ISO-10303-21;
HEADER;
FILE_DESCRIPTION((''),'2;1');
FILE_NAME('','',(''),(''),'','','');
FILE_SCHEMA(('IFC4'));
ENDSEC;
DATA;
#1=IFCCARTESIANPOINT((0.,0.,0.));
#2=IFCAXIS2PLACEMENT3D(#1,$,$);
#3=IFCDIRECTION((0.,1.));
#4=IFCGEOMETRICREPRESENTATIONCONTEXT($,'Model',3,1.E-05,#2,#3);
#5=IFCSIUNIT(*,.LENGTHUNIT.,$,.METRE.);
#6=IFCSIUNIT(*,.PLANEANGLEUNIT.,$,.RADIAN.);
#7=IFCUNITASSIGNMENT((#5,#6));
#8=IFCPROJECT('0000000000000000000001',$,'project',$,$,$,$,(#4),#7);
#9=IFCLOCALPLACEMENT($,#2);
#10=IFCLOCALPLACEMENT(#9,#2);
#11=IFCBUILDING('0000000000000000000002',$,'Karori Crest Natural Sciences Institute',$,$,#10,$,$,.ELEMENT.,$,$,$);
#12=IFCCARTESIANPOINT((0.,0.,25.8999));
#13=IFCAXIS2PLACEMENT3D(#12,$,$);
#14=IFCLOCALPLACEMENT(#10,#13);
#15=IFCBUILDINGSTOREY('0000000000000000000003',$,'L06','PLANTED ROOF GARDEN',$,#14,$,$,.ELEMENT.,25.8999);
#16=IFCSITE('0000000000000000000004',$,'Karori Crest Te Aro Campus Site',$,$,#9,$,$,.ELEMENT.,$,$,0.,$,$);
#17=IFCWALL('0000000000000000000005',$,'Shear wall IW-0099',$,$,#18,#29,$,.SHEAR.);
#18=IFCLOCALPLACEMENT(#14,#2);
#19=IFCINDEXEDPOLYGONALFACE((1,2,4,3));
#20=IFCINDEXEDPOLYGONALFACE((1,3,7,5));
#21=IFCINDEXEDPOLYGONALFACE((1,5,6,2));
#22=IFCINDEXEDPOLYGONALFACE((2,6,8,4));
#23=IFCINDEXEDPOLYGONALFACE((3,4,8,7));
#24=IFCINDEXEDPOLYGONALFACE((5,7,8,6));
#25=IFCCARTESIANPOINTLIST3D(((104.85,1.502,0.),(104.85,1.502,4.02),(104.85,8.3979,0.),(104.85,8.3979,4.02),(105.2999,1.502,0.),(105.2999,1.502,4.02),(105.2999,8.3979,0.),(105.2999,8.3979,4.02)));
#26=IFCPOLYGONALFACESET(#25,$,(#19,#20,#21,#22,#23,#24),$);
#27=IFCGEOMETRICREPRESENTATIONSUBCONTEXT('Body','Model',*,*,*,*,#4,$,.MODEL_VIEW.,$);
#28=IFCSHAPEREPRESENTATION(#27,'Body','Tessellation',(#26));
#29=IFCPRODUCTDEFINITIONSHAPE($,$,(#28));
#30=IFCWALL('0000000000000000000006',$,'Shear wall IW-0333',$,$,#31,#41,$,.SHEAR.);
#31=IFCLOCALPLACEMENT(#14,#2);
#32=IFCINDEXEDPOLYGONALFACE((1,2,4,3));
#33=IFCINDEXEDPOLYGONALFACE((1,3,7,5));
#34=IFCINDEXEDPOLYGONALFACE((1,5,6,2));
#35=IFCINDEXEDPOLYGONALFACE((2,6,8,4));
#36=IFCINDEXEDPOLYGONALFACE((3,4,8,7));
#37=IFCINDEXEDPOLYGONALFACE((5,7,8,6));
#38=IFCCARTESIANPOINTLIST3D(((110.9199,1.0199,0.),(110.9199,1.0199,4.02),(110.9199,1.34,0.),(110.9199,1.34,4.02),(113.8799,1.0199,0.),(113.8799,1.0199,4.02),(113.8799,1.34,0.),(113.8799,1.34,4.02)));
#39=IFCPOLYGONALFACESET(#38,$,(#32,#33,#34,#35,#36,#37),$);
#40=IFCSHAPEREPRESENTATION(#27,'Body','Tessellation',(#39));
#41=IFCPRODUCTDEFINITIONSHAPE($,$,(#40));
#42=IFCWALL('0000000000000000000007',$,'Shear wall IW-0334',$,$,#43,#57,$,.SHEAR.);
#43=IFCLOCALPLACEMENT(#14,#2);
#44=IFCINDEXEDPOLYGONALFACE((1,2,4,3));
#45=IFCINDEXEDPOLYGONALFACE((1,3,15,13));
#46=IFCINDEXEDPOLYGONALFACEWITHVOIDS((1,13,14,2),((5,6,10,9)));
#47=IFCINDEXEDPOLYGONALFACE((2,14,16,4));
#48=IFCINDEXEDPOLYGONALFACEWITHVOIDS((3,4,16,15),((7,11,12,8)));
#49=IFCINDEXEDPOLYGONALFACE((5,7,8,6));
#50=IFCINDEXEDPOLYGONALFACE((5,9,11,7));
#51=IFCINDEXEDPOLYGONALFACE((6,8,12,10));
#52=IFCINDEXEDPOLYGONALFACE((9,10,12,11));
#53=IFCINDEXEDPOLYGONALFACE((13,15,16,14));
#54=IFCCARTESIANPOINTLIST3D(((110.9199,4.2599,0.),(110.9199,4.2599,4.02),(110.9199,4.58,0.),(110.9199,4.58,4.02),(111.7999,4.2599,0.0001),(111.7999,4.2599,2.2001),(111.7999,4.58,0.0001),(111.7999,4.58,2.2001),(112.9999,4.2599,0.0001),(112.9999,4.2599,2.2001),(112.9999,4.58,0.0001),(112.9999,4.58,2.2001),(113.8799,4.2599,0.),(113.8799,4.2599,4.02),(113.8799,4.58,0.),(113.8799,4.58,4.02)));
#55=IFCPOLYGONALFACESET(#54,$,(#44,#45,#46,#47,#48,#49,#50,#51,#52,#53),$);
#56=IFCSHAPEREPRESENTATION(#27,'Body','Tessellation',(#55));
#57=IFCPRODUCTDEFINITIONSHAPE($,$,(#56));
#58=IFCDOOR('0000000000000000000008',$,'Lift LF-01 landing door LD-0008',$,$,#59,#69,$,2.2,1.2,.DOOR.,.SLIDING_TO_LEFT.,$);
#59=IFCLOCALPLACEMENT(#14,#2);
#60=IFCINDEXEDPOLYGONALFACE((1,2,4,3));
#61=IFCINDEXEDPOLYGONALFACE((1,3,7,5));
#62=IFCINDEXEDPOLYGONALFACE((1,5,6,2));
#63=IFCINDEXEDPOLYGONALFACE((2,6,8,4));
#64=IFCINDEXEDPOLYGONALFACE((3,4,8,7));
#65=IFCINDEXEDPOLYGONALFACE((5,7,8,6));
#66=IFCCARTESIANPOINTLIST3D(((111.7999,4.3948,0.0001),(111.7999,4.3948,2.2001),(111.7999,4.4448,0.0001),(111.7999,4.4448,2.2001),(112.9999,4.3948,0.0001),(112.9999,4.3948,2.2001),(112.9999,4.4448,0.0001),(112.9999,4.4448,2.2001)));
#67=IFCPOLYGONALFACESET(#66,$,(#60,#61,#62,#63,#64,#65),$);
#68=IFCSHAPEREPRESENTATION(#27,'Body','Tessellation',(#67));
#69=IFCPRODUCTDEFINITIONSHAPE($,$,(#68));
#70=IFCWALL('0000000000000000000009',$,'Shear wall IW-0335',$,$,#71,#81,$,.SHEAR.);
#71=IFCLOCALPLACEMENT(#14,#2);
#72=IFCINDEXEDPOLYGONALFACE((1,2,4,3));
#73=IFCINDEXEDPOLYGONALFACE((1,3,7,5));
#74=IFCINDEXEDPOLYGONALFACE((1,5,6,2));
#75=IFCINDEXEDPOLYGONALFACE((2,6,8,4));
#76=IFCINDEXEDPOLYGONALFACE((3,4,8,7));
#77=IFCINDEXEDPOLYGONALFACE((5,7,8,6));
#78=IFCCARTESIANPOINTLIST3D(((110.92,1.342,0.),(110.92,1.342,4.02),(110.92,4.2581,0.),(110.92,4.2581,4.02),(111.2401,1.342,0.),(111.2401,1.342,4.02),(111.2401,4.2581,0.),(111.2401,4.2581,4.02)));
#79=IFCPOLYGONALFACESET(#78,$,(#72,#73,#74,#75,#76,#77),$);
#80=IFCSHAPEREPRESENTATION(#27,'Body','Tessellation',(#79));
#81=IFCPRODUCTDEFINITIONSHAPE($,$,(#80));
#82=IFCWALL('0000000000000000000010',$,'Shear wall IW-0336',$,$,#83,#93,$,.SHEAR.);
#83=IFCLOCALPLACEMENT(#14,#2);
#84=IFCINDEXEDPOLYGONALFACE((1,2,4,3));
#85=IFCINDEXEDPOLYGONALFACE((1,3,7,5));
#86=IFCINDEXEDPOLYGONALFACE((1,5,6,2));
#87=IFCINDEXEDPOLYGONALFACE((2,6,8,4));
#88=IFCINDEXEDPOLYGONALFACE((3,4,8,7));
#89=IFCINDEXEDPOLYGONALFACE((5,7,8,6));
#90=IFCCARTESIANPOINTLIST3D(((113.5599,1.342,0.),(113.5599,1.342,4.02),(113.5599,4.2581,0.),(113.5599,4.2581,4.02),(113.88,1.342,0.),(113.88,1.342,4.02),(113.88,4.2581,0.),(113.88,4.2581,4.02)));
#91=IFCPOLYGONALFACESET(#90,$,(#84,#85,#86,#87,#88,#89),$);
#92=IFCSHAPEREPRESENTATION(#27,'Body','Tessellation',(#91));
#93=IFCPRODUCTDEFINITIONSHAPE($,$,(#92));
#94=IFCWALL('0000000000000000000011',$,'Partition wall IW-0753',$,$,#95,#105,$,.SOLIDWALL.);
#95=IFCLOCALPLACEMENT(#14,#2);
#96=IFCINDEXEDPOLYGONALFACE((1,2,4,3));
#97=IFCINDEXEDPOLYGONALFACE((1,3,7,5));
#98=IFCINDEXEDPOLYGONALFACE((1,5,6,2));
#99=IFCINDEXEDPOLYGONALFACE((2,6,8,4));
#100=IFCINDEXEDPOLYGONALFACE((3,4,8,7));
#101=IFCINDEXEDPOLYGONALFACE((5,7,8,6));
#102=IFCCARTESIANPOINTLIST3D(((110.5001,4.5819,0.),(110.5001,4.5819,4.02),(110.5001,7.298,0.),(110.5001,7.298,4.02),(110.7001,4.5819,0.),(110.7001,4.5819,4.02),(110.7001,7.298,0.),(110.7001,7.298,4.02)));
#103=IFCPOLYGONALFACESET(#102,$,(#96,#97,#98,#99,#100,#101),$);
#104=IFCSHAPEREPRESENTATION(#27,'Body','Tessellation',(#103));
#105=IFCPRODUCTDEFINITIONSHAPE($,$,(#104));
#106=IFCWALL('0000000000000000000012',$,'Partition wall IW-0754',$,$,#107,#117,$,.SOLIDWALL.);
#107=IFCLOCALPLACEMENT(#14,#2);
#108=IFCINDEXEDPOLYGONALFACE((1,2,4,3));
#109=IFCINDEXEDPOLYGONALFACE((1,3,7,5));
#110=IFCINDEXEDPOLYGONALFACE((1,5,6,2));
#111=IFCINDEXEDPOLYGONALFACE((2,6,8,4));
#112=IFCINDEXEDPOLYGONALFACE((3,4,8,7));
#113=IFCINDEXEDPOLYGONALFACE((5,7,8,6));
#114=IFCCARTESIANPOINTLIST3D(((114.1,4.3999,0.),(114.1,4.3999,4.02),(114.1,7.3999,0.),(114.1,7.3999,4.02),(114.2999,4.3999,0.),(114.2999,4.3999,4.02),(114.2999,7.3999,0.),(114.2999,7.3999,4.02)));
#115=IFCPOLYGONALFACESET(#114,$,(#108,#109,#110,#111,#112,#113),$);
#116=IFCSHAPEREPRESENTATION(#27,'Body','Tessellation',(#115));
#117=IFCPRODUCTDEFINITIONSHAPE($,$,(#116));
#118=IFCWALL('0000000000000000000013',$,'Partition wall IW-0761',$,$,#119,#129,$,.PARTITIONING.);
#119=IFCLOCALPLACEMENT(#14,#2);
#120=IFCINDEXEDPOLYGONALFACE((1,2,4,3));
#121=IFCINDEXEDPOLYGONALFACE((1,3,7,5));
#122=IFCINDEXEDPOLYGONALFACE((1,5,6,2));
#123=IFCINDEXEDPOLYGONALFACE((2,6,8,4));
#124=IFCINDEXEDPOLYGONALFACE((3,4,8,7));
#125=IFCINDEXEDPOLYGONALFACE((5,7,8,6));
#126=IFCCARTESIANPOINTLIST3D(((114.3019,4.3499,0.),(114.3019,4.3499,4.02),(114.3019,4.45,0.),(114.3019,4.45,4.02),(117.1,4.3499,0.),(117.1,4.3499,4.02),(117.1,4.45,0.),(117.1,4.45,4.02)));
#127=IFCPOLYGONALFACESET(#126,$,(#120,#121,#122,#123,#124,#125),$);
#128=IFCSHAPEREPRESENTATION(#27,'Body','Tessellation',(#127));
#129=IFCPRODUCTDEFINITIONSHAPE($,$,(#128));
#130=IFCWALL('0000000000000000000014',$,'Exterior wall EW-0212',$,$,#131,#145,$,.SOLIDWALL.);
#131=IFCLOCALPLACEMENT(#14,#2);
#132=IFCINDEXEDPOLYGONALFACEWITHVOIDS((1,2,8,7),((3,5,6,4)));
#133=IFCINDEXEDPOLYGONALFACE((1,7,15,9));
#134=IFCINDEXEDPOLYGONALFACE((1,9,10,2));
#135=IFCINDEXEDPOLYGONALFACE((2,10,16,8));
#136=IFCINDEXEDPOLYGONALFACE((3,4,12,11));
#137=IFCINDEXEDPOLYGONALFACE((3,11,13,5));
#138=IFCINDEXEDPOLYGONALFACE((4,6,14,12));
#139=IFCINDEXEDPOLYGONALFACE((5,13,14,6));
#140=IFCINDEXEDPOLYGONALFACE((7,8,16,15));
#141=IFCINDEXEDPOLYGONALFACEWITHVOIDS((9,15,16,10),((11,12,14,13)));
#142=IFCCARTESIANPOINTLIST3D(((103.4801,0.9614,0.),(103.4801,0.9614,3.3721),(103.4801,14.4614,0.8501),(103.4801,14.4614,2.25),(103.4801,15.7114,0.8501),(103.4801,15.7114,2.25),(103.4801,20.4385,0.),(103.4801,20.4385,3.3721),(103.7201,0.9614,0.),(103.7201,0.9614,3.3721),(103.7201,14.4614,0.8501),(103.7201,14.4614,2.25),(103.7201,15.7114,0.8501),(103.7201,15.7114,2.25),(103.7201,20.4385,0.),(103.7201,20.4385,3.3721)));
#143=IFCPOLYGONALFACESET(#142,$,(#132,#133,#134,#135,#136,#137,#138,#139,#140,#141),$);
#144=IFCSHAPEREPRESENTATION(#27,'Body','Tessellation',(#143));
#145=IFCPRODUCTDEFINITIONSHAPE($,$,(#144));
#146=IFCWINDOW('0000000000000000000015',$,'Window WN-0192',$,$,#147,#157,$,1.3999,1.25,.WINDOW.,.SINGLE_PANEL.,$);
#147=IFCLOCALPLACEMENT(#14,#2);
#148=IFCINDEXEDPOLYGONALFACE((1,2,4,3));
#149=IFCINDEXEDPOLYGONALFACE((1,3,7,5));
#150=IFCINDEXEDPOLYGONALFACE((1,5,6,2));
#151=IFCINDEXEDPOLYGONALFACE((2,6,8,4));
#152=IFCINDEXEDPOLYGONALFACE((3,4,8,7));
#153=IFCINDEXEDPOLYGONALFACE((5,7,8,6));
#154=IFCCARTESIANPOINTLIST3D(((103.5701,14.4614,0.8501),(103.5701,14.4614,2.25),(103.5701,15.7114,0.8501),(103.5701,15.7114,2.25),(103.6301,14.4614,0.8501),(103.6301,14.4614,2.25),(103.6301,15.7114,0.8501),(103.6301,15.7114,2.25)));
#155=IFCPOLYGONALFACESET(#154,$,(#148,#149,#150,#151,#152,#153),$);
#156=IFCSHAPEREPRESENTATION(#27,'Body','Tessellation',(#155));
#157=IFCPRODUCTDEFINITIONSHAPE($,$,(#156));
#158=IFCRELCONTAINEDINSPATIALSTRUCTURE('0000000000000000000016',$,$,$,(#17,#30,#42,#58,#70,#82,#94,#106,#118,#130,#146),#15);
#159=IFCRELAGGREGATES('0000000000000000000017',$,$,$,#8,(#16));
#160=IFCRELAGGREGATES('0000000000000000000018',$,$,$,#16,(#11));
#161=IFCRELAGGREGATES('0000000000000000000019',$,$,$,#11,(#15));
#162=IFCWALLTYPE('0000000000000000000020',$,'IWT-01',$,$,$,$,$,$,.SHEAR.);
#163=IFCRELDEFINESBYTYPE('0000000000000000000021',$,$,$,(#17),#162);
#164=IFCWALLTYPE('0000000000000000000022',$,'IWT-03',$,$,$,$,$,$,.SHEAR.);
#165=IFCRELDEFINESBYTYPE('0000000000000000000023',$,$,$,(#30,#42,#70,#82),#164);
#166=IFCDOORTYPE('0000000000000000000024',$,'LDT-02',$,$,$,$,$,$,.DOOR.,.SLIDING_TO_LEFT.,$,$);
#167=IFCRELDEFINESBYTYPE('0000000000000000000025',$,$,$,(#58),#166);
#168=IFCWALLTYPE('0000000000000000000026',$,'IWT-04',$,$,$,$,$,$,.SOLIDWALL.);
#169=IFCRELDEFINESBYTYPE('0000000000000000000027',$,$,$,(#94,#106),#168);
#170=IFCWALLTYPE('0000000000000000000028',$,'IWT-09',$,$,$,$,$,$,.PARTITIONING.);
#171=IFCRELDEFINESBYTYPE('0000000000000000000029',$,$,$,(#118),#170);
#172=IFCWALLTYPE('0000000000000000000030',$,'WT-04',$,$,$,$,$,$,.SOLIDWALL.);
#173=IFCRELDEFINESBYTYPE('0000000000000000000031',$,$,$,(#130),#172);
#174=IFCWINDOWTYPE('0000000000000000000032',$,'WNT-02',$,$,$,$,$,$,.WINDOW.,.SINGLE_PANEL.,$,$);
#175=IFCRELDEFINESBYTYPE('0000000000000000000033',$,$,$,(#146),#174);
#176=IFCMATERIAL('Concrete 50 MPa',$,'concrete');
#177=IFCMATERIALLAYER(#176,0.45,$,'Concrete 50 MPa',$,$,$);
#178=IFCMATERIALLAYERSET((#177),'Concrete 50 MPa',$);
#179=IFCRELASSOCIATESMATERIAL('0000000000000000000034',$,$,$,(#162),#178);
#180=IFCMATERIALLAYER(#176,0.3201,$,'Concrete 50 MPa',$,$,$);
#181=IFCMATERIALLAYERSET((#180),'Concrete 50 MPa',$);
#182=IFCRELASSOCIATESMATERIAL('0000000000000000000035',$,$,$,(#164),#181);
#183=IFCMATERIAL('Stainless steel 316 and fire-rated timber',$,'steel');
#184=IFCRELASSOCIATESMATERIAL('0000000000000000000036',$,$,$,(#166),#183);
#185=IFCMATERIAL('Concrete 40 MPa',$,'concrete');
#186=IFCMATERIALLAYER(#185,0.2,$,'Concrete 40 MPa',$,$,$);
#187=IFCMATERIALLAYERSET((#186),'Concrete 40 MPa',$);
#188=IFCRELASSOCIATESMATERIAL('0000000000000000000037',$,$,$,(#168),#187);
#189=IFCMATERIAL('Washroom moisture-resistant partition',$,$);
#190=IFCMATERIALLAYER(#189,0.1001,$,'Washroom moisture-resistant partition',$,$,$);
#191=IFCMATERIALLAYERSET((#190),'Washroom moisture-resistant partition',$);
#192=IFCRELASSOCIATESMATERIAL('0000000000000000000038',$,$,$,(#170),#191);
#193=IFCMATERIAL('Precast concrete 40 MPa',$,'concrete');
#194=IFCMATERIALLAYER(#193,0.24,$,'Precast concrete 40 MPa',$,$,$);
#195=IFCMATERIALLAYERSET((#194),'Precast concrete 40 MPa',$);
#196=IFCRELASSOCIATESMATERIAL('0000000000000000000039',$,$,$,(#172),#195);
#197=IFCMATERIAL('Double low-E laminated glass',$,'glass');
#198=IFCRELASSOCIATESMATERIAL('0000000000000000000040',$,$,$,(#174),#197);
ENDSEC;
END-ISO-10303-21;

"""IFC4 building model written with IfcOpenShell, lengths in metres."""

from ifc_helpers import new_model, si_unit, direction, frame, frame_2d, origin, place, context, subcontext, project, spatial, rectangle, extrude, material, layer, layer_set, type_object, element, fill, save


model = new_model("IFC4")

# Units and contexts
model_context = context("Model", 3, precision=1e-05, world=origin(), true_north=direction((0.0, 1.0)))
body_context = subcontext(model_context, "Body", "Model", "MODEL_VIEW")
ifc_project = project(units=[si_unit("LENGTHUNIT", "METRE"), si_unit("PLANEANGLEUNIT", "RADIAN")], contexts=[model_context])

# Site, building, storey
site_placement = place(None, origin())
site = spatial("IfcSite", under=ifc_project, at=site_placement, Name="Karori Crest Te Aro Campus Site", CompositionType="ELEMENT", RefElevation=0.0)
building_placement = place(site_placement, origin())
building = spatial("IfcBuilding", under=site, at=building_placement, Name="Karori Crest Natural Sciences Institute", CompositionType="ELEMENT")
storey_placement = place(building_placement, frame((0.0, 0.0, 25.8999)))
storey = spatial("IfcBuildingStorey", under=building, at=storey_placement, Name="L06", Description="PLANTED ROOF GARDEN", CompositionType="ELEMENT", Elevation=25.8999)

# Wall
ifc_material_1 = material(Name="Concrete 50 MPa", Category="concrete")
ifc_layer_1 = layer(ifc_material_1, 0.45, Name="Concrete 50 MPa")
ifc_layer_set_1 = layer_set([ifc_layer_1], Name="Concrete 50 MPa")
wall_type_1 = type_object("IfcWallType", Name="IWT-01", PredefinedType="SHEAR", material=ifc_layer_set_1)
wall_1_placement = place(storey_placement, frame((105.075, 1.502, 0.0), z_axis=(0.0, 0.0, 1.0), x_axis=(0.0, 1.0, 0.0)))
element("IfcWall", 1, at=wall_1_placement, inside=storey, type_object=wall_type_1, Name="Shear wall IW-0099", PredefinedType="SHEAR", context=body_context, shape_type="SweptSolid", body=[
    extrude(rectangle(XDim=6.896, YDim=0.45, at=frame_2d((3.448, 0.0))), origin(), (0.0, 0.0, 1.0), 4.02),
])

# Shared definitions
ifc_material_2 = material(Name="Stainless steel 316 and fire-rated timber", Category="steel")

# Wall
ifc_layer_2 = layer(ifc_material_1, 0.3201, Name="Concrete 50 MPa")
ifc_layer_set_2 = layer_set([ifc_layer_2], Name="Concrete 50 MPa")
wall_type_2 = type_object("IfcWallType", Name="IWT-03", PredefinedType="SHEAR", material=ifc_layer_set_2)
wall_2_placement = place(storey_placement, frame((110.9199, 1.1799, 0.0), z_axis=(0.0, 0.0, 1.0), x_axis=(1.0, 0.0, 0.0)))
element("IfcWall", 2, at=wall_2_placement, inside=storey, type_object=wall_type_2, Name="Shear wall IW-0333", PredefinedType="SHEAR", context=body_context, shape_type="SweptSolid", body=[
    extrude(rectangle(XDim=2.96, YDim=0.3201, at=frame_2d((1.48, 0.0))), origin(), (0.0, 0.0, 1.0), 4.02),
])

# Wall, opening, door
wall_3_placement = place(storey_placement, frame((110.9199, 4.4199, 0.0), z_axis=(0.0, 0.0, 1.0), x_axis=(1.0, 0.0, 0.0)))
wall_3 = element("IfcWall", 3, at=wall_3_placement, inside=storey, type_object=wall_type_2, Name="Shear wall IW-0334", PredefinedType="SHEAR", context=body_context, shape_type="SweptSolid", body=[
    extrude(rectangle(XDim=2.96, YDim=0.3201, at=frame_2d((1.48, 0.0))), origin(), (0.0, 0.0, 1.0), 4.02),
])
opening_1_placement = place(wall_3_placement, frame((0.8799, 0.0, 0.0)))
opening_1 = element("IfcOpeningElement", 4, at=opening_1_placement, cuts=wall_3, PredefinedType="OPENING", context=body_context, shape_type="SweptSolid", body=[
    extrude(rectangle(XDim=1.2, YDim=2.2, at=frame_2d((0.6001, 1.1001))), frame((0.0, 0.1699, 0.0), z_axis=(0.0, -1.0, 0.0), x_axis=(1.0, 0.0, 0.0)), (0.0, 0.0, 1.0), 0.3401),
])
door_type_1 = type_object("IfcDoorType", Name="LDT-02", OperationType="SLIDING_TO_LEFT", PredefinedType="DOOR", material=ifc_material_2)
door_1_placement = place(opening_1_placement, origin())
door_1 = element("IfcDoor", 5, at=door_1_placement, inside=storey, type_object=door_type_1, Name="Lift LF-01 landing door LD-0008", OperationType="SLIDING_TO_LEFT", OverallHeight=2.2, OverallWidth=1.2, PredefinedType="DOOR", context=body_context, shape_type="SweptSolid", body=[
    extrude(rectangle(XDim=1.2, YDim=2.2, at=frame_2d((0.6001, 1.1001))), frame((0.0, 0.0249, 0.0), z_axis=(0.0, -1.0, 0.0), x_axis=(1.0, 0.0, 0.0)), (0.0, 0.0, 1.0), 0.05),
])
fill(opening_1, door_1)

# Walls
for number, where, z_axis, x_axis, name in (
    (6, (111.0801, 1.342, 0.0), (0.0, 0.0, 1.0), (0.0, 1.0, 0.0), "Shear wall IW-0335"),
    (7, (113.72, 1.342, 0.0), (0.0, 0.0, 1.0), (0.0, 1.0, 0.0), "Shear wall IW-0336"),
):
    element("IfcWall", number, at=place(storey_placement, frame(where, z_axis=z_axis, x_axis=x_axis)), inside=storey, type_object=wall_type_2, Name=name, PredefinedType="SHEAR", context=body_context, shape_type="SweptSolid", body=[
        extrude(rectangle(XDim=2.916, YDim=0.3201, at=frame_2d((1.458, 0.0))), origin(), (0.0, 0.0, 1.0), 4.02),
    ])
ifc_material_3 = material(Name="Concrete 40 MPa", Category="concrete")
ifc_layer_3 = layer(ifc_material_3, 0.2, Name="Concrete 40 MPa")
ifc_layer_set_3 = layer_set([ifc_layer_3], Name="Concrete 40 MPa")
wall_type_3 = type_object("IfcWallType", Name="IWT-04", PredefinedType="SOLIDWALL", material=ifc_layer_set_3)
wall_4_placement = place(storey_placement, frame((110.6001, 4.582, 0.0), z_axis=(0.0, 0.0, 1.0), x_axis=(0.0, 1.0, 0.0)))
element("IfcWall", 8, at=wall_4_placement, inside=storey, type_object=wall_type_3, Name="Partition wall IW-0753", PredefinedType="SOLIDWALL", context=body_context, shape_type="SweptSolid", body=[
    extrude(rectangle(XDim=2.7161, YDim=0.2, at=frame_2d((1.3579, 0.0))), origin(), (0.0, 0.0, 1.0), 4.02),
])
wall_5_placement = place(storey_placement, frame((114.2, 4.3999, 0.0), z_axis=(0.0, 0.0, 1.0), x_axis=(0.0, 1.0, 0.0)))
element("IfcWall", 9, at=wall_5_placement, inside=storey, type_object=wall_type_3, Name="Partition wall IW-0754", PredefinedType="SOLIDWALL", context=body_context, shape_type="SweptSolid", body=[
    extrude(rectangle(XDim=3.0, YDim=0.2, at=frame_2d((1.5, 0.0))), origin(), (0.0, 0.0, 1.0), 4.02),
])
ifc_material_4 = material(Name="Washroom moisture-resistant partition")
ifc_layer_4 = layer(ifc_material_4, 0.1001, Name="Washroom moisture-resistant partition")
ifc_layer_set_4 = layer_set([ifc_layer_4], Name="Washroom moisture-resistant partition")
wall_type_4 = type_object("IfcWallType", Name="IWT-09", PredefinedType="PARTITIONING", material=ifc_layer_set_4)
wall_6_placement = place(storey_placement, frame((114.302, 4.3999, 0.0), z_axis=(0.0, 0.0, 1.0), x_axis=(1.0, 0.0, 0.0)))
element("IfcWall", 10, at=wall_6_placement, inside=storey, type_object=wall_type_4, Name="Partition wall IW-0761", PredefinedType="PARTITIONING", context=body_context, shape_type="SweptSolid", body=[
    extrude(rectangle(XDim=2.7981, YDim=0.1001, at=frame_2d((1.3989, 0.0))), origin(), (0.0, 0.0, 1.0), 4.02),
])

# Wall, opening, window
ifc_material_5 = material(Name="Precast concrete 40 MPa", Category="concrete")
ifc_layer_5 = layer(ifc_material_5, 0.24, Name="Precast concrete 40 MPa")
ifc_layer_set_5 = layer_set([ifc_layer_5], Name="Precast concrete 40 MPa")
wall_type_5 = type_object("IfcWallType", Name="WT-04", PredefinedType="SOLIDWALL", material=ifc_layer_set_5)
wall_7_placement = place(storey_placement, frame((103.6001, 0.9614, 0.0), z_axis=(0.0, 0.0, 1.0), x_axis=(0.0, 1.0, 0.0)))
wall_7 = element("IfcWall", 11, at=wall_7_placement, inside=storey, type_object=wall_type_5, Name="Exterior wall EW-0212", PredefinedType="SOLIDWALL", context=body_context, shape_type="SweptSolid", body=[
    extrude(rectangle(XDim=19.4771, YDim=0.24, at=frame_2d((9.7385, 0.0))), origin(), (0.0, 0.0, 1.0), 3.3721),
])
opening_2_placement = place(wall_7_placement, frame((13.5, 0.0, 0.8501)))
opening_2 = element("IfcOpeningElement", 12, at=opening_2_placement, cuts=wall_7, PredefinedType="OPENING", context=body_context, shape_type="SweptSolid", body=[
    extrude(rectangle(XDim=1.25, YDim=1.3999, at=frame_2d((0.625, 0.7))), frame((0.0, 0.1299, 0.0), z_axis=(0.0, -1.0, 0.0), x_axis=(1.0, 0.0, 0.0)), (0.0, 0.0, 1.0), 0.26),
])
ifc_material_6 = material(Name="Double low-E laminated glass", Category="glass")
window_type = type_object("IfcWindowType", Name="WNT-02", PartitioningType="SINGLE_PANEL", PredefinedType="WINDOW", material=ifc_material_6)
window_placement = place(opening_2_placement, origin())
window = element("IfcWindow", 13, at=window_placement, inside=storey, type_object=window_type, Name="Window WN-0192", OverallHeight=1.3999, OverallWidth=1.25, PartitioningType="SINGLE_PANEL", PredefinedType="WINDOW", context=body_context, shape_type="SweptSolid", body=[
    extrude(rectangle(XDim=1.25, YDim=1.3999, at=frame_2d((0.625, 0.7))), frame((0.0, 0.03, 0.0), z_axis=(0.0, -1.0, 0.0), x_axis=(1.0, 0.0, 0.0)), (0.0, 0.0, 1.0), 0.0601),
])
fill(opening_2, window)

save(model, "model.ifc")
